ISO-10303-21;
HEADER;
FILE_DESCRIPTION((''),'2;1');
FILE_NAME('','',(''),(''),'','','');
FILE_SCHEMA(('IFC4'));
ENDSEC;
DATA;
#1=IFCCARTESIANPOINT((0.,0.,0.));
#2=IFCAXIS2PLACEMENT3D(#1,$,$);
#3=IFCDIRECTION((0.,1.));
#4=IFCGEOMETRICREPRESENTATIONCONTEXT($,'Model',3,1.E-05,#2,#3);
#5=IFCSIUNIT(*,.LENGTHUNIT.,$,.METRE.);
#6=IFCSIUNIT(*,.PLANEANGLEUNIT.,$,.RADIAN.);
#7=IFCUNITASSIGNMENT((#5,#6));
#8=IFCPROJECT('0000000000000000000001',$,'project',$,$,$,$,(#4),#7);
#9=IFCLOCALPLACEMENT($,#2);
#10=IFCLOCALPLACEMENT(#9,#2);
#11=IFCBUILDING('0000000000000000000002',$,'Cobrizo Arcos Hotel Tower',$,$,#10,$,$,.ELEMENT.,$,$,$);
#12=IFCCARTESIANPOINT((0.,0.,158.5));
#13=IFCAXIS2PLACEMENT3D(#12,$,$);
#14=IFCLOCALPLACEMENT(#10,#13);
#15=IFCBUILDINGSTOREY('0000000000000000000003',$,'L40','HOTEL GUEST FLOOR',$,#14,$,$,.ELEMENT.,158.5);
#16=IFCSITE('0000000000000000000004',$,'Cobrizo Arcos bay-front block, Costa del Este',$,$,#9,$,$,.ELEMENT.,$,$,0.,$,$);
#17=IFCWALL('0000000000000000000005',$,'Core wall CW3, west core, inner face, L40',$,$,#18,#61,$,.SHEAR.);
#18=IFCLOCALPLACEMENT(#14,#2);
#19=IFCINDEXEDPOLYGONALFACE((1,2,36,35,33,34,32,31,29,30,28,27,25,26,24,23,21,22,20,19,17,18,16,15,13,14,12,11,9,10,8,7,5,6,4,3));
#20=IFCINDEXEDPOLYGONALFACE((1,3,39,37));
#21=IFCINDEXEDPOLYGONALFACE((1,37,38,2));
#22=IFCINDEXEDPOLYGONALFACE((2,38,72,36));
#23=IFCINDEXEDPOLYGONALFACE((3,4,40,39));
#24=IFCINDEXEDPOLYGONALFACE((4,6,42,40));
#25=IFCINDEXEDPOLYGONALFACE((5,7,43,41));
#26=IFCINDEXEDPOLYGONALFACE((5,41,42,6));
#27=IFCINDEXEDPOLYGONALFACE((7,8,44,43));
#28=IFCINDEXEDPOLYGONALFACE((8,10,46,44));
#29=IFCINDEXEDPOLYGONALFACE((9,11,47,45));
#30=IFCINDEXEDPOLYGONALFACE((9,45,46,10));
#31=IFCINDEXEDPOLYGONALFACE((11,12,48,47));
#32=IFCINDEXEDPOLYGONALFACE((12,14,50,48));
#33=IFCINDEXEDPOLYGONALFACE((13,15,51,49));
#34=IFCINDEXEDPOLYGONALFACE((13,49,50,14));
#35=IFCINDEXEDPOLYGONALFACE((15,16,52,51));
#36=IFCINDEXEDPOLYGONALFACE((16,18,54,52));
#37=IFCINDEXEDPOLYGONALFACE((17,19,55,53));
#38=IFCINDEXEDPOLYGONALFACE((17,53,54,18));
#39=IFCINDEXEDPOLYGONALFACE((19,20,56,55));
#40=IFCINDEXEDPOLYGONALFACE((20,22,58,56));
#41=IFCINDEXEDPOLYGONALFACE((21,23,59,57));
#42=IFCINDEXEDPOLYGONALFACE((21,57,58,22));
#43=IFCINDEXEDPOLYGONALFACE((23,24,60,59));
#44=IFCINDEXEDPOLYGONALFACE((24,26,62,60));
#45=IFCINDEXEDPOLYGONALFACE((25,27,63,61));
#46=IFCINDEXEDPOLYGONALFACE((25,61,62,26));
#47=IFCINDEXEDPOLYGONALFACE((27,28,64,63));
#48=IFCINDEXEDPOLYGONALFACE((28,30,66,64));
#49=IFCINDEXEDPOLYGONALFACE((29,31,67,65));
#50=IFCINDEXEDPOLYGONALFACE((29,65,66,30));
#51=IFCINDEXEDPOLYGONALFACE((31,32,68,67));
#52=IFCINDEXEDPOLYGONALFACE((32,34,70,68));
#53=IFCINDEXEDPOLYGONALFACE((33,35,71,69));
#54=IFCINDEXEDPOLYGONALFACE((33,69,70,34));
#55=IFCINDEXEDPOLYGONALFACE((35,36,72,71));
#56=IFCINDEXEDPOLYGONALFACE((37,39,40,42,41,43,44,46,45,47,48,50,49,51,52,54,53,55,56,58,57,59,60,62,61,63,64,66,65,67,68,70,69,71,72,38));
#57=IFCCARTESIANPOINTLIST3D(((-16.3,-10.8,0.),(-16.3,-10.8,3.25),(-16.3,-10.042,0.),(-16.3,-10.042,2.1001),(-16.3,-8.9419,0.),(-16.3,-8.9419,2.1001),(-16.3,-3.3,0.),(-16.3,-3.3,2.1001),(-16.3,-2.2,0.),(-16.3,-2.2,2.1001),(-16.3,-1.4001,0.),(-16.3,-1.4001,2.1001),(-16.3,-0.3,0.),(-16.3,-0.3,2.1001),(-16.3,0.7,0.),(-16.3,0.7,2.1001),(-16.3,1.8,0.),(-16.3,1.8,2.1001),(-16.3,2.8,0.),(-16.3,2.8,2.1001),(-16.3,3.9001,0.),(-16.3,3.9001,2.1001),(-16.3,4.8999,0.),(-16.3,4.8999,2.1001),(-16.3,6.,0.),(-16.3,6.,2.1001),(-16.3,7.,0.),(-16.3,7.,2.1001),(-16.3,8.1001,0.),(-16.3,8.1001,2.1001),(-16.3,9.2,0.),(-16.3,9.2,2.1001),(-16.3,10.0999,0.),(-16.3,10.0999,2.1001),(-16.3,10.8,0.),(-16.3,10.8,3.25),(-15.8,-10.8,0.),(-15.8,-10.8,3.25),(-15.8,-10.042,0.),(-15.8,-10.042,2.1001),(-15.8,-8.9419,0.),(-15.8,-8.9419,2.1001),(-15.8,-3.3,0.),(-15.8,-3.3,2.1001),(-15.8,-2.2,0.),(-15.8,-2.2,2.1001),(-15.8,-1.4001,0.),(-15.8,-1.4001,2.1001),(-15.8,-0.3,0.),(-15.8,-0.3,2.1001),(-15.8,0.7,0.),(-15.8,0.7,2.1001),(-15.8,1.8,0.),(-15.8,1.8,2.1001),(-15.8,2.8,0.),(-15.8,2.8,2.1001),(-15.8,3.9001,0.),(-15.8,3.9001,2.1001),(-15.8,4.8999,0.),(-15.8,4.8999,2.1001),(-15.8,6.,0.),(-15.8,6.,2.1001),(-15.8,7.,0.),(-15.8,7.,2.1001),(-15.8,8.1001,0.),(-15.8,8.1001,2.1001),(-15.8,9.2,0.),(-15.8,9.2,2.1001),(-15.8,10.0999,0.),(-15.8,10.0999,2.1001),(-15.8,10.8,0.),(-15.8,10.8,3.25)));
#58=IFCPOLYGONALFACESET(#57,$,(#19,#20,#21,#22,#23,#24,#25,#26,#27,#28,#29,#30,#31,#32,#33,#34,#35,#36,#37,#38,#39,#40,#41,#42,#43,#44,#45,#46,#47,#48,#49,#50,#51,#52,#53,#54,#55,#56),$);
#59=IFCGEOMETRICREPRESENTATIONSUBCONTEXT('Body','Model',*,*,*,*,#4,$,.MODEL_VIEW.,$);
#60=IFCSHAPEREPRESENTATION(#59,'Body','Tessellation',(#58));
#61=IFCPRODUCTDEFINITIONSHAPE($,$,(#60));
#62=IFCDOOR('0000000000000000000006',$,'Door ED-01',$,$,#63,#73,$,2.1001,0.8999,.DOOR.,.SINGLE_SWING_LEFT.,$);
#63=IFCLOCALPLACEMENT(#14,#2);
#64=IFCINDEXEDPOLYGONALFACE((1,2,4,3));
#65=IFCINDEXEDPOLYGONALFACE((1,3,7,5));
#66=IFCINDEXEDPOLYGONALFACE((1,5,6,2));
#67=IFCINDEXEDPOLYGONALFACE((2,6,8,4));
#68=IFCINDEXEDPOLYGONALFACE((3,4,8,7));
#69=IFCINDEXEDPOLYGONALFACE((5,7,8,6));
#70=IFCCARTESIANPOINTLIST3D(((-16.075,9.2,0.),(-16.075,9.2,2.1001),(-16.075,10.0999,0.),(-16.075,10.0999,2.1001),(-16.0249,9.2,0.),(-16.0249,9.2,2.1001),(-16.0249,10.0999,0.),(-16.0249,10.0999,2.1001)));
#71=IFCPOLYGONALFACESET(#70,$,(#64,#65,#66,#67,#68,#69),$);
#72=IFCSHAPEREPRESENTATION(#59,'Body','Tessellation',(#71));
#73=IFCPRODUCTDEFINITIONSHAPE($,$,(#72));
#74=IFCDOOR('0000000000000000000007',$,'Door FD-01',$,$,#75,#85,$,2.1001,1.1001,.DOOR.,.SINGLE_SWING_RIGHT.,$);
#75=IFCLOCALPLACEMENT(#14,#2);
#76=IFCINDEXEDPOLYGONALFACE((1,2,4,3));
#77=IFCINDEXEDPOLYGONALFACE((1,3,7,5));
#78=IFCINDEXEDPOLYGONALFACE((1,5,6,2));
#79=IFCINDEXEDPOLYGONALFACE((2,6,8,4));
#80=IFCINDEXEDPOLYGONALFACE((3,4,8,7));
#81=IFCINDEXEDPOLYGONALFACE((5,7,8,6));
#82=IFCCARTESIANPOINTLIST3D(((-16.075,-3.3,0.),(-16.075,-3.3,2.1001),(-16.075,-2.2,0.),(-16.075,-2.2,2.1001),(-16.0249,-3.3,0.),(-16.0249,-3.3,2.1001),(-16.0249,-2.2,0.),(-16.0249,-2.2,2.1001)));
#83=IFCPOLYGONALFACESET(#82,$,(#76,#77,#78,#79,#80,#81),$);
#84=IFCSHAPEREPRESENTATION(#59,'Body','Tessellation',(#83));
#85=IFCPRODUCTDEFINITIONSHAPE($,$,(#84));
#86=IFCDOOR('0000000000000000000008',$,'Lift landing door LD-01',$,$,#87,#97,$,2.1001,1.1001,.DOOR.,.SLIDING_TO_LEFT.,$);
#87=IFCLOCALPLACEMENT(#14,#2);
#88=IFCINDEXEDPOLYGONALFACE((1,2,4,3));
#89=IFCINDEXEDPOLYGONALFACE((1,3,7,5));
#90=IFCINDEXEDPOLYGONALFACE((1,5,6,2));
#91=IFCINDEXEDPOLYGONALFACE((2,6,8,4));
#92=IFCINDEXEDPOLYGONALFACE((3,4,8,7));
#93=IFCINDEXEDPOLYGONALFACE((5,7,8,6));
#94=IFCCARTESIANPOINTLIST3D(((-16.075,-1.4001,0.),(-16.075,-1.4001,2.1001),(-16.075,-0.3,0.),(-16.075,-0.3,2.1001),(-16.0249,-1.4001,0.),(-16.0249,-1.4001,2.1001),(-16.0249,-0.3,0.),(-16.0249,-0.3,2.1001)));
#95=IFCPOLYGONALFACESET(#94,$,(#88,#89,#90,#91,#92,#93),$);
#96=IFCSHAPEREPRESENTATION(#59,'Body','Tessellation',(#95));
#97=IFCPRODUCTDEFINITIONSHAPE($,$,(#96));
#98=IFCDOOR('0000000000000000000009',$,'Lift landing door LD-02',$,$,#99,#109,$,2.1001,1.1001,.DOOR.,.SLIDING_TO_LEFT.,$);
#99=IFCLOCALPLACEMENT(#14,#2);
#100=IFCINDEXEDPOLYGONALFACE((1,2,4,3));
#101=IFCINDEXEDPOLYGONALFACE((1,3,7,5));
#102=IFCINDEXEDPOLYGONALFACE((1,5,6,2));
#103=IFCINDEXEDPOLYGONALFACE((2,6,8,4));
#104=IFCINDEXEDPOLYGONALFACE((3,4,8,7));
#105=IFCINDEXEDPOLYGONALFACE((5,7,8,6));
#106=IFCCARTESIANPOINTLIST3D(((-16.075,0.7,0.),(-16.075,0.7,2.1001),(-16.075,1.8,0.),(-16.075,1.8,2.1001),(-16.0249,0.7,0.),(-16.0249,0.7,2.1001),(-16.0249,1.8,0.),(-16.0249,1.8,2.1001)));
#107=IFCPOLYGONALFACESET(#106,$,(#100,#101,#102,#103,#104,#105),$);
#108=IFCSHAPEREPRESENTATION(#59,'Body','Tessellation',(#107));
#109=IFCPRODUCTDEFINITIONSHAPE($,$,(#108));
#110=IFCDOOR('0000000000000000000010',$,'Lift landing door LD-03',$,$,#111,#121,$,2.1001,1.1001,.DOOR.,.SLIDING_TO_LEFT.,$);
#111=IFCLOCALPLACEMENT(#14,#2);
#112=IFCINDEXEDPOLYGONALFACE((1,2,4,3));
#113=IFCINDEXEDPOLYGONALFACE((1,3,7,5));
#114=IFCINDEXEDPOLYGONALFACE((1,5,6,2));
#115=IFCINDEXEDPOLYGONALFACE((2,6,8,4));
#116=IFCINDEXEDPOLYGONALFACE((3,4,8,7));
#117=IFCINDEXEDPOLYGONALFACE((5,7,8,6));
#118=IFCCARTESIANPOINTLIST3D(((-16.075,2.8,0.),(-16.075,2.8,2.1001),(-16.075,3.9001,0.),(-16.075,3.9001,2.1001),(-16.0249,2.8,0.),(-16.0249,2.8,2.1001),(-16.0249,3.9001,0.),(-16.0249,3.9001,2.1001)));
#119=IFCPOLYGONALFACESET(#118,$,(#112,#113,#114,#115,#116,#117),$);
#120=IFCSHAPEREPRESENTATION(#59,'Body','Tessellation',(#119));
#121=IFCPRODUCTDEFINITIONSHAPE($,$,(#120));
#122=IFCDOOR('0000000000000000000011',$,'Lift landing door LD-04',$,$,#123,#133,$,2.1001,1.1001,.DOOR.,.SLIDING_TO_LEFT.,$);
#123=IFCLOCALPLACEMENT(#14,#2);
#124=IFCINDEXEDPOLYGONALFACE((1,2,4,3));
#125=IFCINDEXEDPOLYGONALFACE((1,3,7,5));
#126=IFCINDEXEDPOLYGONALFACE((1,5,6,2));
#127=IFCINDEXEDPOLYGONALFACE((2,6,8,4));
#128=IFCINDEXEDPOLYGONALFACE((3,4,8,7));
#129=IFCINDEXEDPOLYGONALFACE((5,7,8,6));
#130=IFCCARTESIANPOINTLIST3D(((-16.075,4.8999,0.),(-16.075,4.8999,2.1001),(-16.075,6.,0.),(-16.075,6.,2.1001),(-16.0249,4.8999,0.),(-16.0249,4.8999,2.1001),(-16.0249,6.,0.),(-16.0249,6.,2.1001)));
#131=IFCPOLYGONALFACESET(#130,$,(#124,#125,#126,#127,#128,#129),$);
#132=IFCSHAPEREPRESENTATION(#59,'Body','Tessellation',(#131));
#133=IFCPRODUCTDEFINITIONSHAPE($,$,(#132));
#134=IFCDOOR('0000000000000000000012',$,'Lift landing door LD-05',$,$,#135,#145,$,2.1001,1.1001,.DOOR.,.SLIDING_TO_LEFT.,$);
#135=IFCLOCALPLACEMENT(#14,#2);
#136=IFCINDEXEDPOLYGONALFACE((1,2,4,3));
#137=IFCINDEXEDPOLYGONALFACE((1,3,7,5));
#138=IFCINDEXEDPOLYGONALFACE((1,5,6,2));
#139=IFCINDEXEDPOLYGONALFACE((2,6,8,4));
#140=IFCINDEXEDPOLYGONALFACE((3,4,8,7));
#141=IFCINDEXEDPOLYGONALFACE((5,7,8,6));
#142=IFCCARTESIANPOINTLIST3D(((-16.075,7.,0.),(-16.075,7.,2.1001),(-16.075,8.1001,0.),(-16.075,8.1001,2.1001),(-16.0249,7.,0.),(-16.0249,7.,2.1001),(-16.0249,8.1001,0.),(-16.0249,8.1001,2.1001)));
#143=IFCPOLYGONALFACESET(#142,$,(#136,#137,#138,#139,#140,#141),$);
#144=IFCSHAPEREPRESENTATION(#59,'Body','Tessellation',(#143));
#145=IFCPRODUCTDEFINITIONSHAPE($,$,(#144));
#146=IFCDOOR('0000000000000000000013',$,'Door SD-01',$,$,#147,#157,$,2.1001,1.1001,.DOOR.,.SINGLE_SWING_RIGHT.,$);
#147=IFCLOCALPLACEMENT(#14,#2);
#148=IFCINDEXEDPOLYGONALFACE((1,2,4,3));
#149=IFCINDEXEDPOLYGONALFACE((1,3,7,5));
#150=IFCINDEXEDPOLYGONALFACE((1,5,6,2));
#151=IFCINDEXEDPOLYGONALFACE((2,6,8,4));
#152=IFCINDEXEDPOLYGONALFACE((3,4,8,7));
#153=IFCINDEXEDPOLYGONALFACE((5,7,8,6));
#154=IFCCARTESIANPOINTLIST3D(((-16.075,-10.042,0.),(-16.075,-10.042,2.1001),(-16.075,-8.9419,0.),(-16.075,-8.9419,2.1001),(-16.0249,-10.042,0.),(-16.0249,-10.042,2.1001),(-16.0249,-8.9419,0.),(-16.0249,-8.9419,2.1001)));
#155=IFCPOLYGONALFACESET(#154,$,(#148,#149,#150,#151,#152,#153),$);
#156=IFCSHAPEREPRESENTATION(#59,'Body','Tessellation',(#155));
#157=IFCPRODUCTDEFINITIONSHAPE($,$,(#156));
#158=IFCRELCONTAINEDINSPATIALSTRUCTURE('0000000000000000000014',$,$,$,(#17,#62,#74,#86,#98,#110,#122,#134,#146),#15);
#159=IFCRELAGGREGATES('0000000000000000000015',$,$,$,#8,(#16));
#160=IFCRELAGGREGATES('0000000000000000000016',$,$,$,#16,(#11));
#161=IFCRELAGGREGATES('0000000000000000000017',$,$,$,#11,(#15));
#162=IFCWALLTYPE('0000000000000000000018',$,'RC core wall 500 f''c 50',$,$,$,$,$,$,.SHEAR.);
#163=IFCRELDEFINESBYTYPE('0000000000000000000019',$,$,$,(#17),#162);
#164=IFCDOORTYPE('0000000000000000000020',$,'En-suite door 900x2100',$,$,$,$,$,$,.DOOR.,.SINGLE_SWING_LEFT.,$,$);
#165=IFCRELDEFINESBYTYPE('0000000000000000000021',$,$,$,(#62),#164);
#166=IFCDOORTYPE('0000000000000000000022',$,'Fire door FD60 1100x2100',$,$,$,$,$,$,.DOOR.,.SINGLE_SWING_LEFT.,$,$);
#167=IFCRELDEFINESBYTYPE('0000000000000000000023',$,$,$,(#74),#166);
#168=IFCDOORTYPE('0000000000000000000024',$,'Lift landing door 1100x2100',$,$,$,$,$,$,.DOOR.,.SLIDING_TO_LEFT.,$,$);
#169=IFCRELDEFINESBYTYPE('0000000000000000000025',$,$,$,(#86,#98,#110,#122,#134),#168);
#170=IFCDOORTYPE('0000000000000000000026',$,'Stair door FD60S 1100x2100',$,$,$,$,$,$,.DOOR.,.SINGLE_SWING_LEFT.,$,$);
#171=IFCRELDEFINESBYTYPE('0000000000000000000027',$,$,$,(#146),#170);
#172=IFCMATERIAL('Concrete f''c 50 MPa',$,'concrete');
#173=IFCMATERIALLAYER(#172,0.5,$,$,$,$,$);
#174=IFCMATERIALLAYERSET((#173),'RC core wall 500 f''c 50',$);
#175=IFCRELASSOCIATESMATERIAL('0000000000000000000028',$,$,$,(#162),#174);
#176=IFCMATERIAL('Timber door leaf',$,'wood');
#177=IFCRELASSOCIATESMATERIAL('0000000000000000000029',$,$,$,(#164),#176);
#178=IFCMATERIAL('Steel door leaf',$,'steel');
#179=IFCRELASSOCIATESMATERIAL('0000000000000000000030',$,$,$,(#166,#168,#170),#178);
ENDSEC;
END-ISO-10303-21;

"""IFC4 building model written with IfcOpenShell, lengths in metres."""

from ifc_helpers import new_model, si_unit, direction, frame, frame_2d, origin, place, context, subcontext, project, spatial, rectangle, extrude, material, layer, layer_set, type_object, element, fill, save


model = new_model("IFC4")

# Units and contexts
model_context = context("Model", 3, precision=1e-05, world=origin(), true_north=direction((0.0, 1.0)))
body_context = subcontext(model_context, "Body", "Model", "MODEL_VIEW")
ifc_project = project(units=[si_unit("LENGTHUNIT", "METRE"), si_unit("PLANEANGLEUNIT", "RADIAN")], contexts=[model_context])

# Site, building, storey
site_placement = place(None, origin())
site = spatial("IfcSite", under=ifc_project, at=site_placement, Name="Cobrizo Arcos bay-front block, Costa del Este", CompositionType="ELEMENT", RefElevation=0.0)
building_placement = place(site_placement, origin())
building = spatial("IfcBuilding", under=site, at=building_placement, Name="Cobrizo Arcos Hotel Tower", CompositionType="ELEMENT")
storey_placement = place(building_placement, frame((0.0, 0.0, 158.5)))
storey = spatial("IfcBuildingStorey", under=building, at=storey_placement, Name="L40", Description="HOTEL GUEST FLOOR", CompositionType="ELEMENT", Elevation=158.5)

# Wall, openings, doors
ifc_material_1 = material(Name="Concrete f'c 50 MPa", Category="concrete")
ifc_layer_1 = layer(ifc_material_1, 0.5)
ifc_layer_set_1 = layer_set([ifc_layer_1], Name="RC core wall 500 f'c 50")
wall_type_1 = type_object("IfcWallType", Name="RC core wall 500 f'c 50", PredefinedType="SHEAR", material=ifc_layer_set_1)
wall_1_placement = place(storey_placement, frame((-16.05, -10.8, 0.0), z_axis=(0.0, 0.0, 1.0), x_axis=(0.0, 1.0, 0.0)))
wall_1 = element("IfcWall", 1, at=wall_1_placement, inside=storey, type_object=wall_type_1, Name="Core wall CW3, west core, inner face, L40", PredefinedType="SHEAR", context=body_context, shape_type="SweptSolid", body=[
    extrude(rectangle(XDim=21.6001, YDim=0.5, at=frame_2d((10.8, 0.0))), origin(), (0.0, 0.0, 1.0), 3.25),
])
opening_1_placement = place(wall_1_placement, frame((9.3999, 0.0, 0.0)))
opening_1 = element("IfcOpeningElement", 2, at=opening_1_placement, cuts=wall_1, PredefinedType="OPENING", context=body_context, shape_type="SweptSolid", body=[
    extrude(rectangle(XDim=1.1001, YDim=2.1001, at=frame_2d((0.55, 1.05))), frame((0.0, 0.262, 0.0), z_axis=(0.0, -1.0, 0.0), x_axis=(1.0, 0.0, 0.0)), (0.0, 0.0, 1.0), 0.5239),
])
opening_2_placement = place(wall_1_placement, frame((11.5, 0.0, 0.0)))
opening_2 = element("IfcOpeningElement", 3, at=opening_2_placement, cuts=wall_1, PredefinedType="OPENING", context=body_context, shape_type="SweptSolid", body=[
    extrude(rectangle(XDim=1.1001, YDim=2.1001, at=frame_2d((0.55, 1.05))), frame((0.0, 0.262, 0.0), z_axis=(0.0, -1.0, 0.0), x_axis=(1.0, 0.0, 0.0)), (0.0, 0.0, 1.0), 0.5239),
])
opening_3_placement = place(wall_1_placement, frame((13.6001, 0.0, 0.0)))
opening_3 = element("IfcOpeningElement", 4, at=opening_3_placement, cuts=wall_1, PredefinedType="OPENING", context=body_context, shape_type="SweptSolid", body=[
    extrude(rectangle(XDim=1.1001, YDim=2.1001, at=frame_2d((0.55, 1.05))), frame((0.0, 0.262, 0.0), z_axis=(0.0, -1.0, 0.0), x_axis=(1.0, 0.0, 0.0)), (0.0, 0.0, 1.0), 0.5239),
])
opening_4_placement = place(wall_1_placement, frame((15.7, 0.0, 0.0)))
opening_4 = element("IfcOpeningElement", 5, at=opening_4_placement, cuts=wall_1, PredefinedType="OPENING", context=body_context, shape_type="SweptSolid", body=[
    extrude(rectangle(XDim=1.1001, YDim=2.1001, at=frame_2d((0.55, 1.05))), frame((0.0, 0.262, 0.0), z_axis=(0.0, -1.0, 0.0), x_axis=(1.0, 0.0, 0.0)), (0.0, 0.0, 1.0), 0.5239),
])
opening_5_placement = place(wall_1_placement, frame((17.8, 0.0, 0.0)))
opening_5 = element("IfcOpeningElement", 6, at=opening_5_placement, cuts=wall_1, PredefinedType="OPENING", context=body_context, shape_type="SweptSolid", body=[
    extrude(rectangle(XDim=1.1001, YDim=2.1001, at=frame_2d((0.55, 1.05))), frame((0.0, 0.262, 0.0), z_axis=(0.0, -1.0, 0.0), x_axis=(1.0, 0.0, 0.0)), (0.0, 0.0, 1.0), 0.5239),
])
opening_6_placement = place(wall_1_placement, frame((0.7581, 0.0, 0.0)))
opening_6 = element("IfcOpeningElement", 7, at=opening_6_placement, cuts=wall_1, PredefinedType="OPENING", context=body_context, shape_type="SweptSolid", body=[
    extrude(rectangle(XDim=1.1001, YDim=2.1001, at=frame_2d((0.55, 1.05))), frame((0.0, 0.262, 0.0), z_axis=(0.0, -1.0, 0.0), x_axis=(1.0, 0.0, 0.0)), (0.0, 0.0, 1.0), 0.5239),
])
opening_7_placement = place(wall_1_placement, frame((7.5, 0.0, 0.0)))
opening_7 = element("IfcOpeningElement", 8, at=opening_7_placement, cuts=wall_1, PredefinedType="OPENING", context=body_context, shape_type="SweptSolid", body=[
    extrude(rectangle(XDim=1.1001, YDim=2.1001, at=frame_2d((0.55, 1.05))), frame((0.0, 0.262, 0.0), z_axis=(0.0, -1.0, 0.0), x_axis=(1.0, 0.0, 0.0)), (0.0, 0.0, 1.0), 0.5239),
])
opening_8_placement = place(wall_1_placement, frame((20.0, 0.0, 0.0)))
opening_8 = element("IfcOpeningElement", 9, at=opening_8_placement, cuts=wall_1, PredefinedType="OPENING", context=body_context, shape_type="SweptSolid", body=[
    extrude(rectangle(XDim=0.8999, YDim=2.1001, at=frame_2d((0.45, 1.05))), frame((0.0, 0.262, 0.0), z_axis=(0.0, -1.0, 0.0), x_axis=(1.0, 0.0, 0.0)), (0.0, 0.0, 1.0), 0.5239),
])
ifc_material_2 = material(Name="Timber door leaf", Category="wood")
door_type_1 = type_object("IfcDoorType", Name="En-suite door 900x2100", OperationType="SINGLE_SWING_LEFT", PredefinedType="DOOR", material=ifc_material_2)
door_1_placement = place(opening_8_placement, origin())
door_1 = element("IfcDoor", 10, at=door_1_placement, inside=storey, type_object=door_type_1, Name="Door ED-01", OperationType="SINGLE_SWING_LEFT", OverallHeight=2.1001, OverallWidth=0.8999, PredefinedType="DOOR", context=body_context, shape_type="SweptSolid", body=[
    extrude(rectangle(XDim=0.8999, YDim=2.1001, at=frame_2d((0.45, 1.05))), frame((0.0, 0.0249, 0.0), z_axis=(0.0, -1.0, 0.0), x_axis=(1.0, 0.0, 0.0)), (0.0, 0.0, 1.0), 0.05),
])
fill(opening_8, door_1)
ifc_material_3 = material(Name="Steel door leaf", Category="steel")
door_type_2 = type_object("IfcDoorType", Name="Fire door FD60 1100x2100", OperationType="SINGLE_SWING_LEFT", PredefinedType="DOOR", material=ifc_material_3)
door_2_placement = place(opening_7_placement, origin())
door_2 = element("IfcDoor", 11, at=door_2_placement, inside=storey, type_object=door_type_2, Name="Door FD-01", OperationType="SINGLE_SWING_RIGHT", OverallHeight=2.1001, OverallWidth=1.1001, PredefinedType="DOOR", context=body_context, shape_type="SweptSolid", body=[
    extrude(rectangle(XDim=1.1001, YDim=2.1001, at=frame_2d((0.55, 1.05))), frame((0.0, 0.0249, 0.0), z_axis=(0.0, -1.0, 0.0), x_axis=(1.0, 0.0, 0.0)), (0.0, 0.0, 1.0), 0.05),
])
fill(opening_7, door_2)
door_type_3 = type_object("IfcDoorType", Name="Lift landing door 1100x2100", OperationType="SLIDING_TO_LEFT", PredefinedType="DOOR", material=ifc_material_3)
door_3_placement = place(opening_1_placement, origin())
door_3 = element("IfcDoor", 12, at=door_3_placement, inside=storey, type_object=door_type_3, Name="Lift landing door LD-01", OperationType="SLIDING_TO_LEFT", OverallHeight=2.1001, OverallWidth=1.1001, PredefinedType="DOOR", context=body_context, shape_type="SweptSolid", body=[
    extrude(rectangle(XDim=1.1001, YDim=2.1001, at=frame_2d((0.55, 1.05))), frame((0.0, 0.0249, 0.0), z_axis=(0.0, -1.0, 0.0), x_axis=(1.0, 0.0, 0.0)), (0.0, 0.0, 1.0), 0.05),
])
fill(opening_1, door_3)
door_4_placement = place(opening_2_placement, origin())
door_4 = element("IfcDoor", 13, at=door_4_placement, inside=storey, type_object=door_type_3, Name="Lift landing door LD-02", OperationType="SLIDING_TO_LEFT", OverallHeight=2.1001, OverallWidth=1.1001, PredefinedType="DOOR", context=body_context, shape_type="SweptSolid", body=[
    extrude(rectangle(XDim=1.1001, YDim=2.1001, at=frame_2d((0.55, 1.05))), frame((0.0, 0.0249, 0.0), z_axis=(0.0, -1.0, 0.0), x_axis=(1.0, 0.0, 0.0)), (0.0, 0.0, 1.0), 0.05),
])
fill(opening_2, door_4)
door_5_placement = place(opening_3_placement, origin())
door_5 = element("IfcDoor", 14, at=door_5_placement, inside=storey, type_object=door_type_3, Name="Lift landing door LD-03", OperationType="SLIDING_TO_LEFT", OverallHeight=2.1001, OverallWidth=1.1001, PredefinedType="DOOR", context=body_context, shape_type="SweptSolid", body=[
    extrude(rectangle(XDim=1.1001, YDim=2.1001, at=frame_2d((0.55, 1.05))), frame((0.0, 0.0249, 0.0), z_axis=(0.0, -1.0, 0.0), x_axis=(1.0, 0.0, 0.0)), (0.0, 0.0, 1.0), 0.05),
])
fill(opening_3, door_5)
door_6_placement = place(opening_4_placement, origin())
door_6 = element("IfcDoor", 15, at=door_6_placement, inside=storey, type_object=door_type_3, Name="Lift landing door LD-04", OperationType="SLIDING_TO_LEFT", OverallHeight=2.1001, OverallWidth=1.1001, PredefinedType="DOOR", context=body_context, shape_type="SweptSolid", body=[
    extrude(rectangle(XDim=1.1001, YDim=2.1001, at=frame_2d((0.55, 1.05))), frame((0.0, 0.0249, 0.0), z_axis=(0.0, -1.0, 0.0), x_axis=(1.0, 0.0, 0.0)), (0.0, 0.0, 1.0), 0.05),
])
fill(opening_4, door_6)
door_7_placement = place(opening_5_placement, origin())
door_7 = element("IfcDoor", 16, at=door_7_placement, inside=storey, type_object=door_type_3, Name="Lift landing door LD-05", OperationType="SLIDING_TO_LEFT", OverallHeight=2.1001, OverallWidth=1.1001, PredefinedType="DOOR", context=body_context, shape_type="SweptSolid", body=[
    extrude(rectangle(XDim=1.1001, YDim=2.1001, at=frame_2d((0.55, 1.05))), frame((0.0, 0.0249, 0.0), z_axis=(0.0, -1.0, 0.0), x_axis=(1.0, 0.0, 0.0)), (0.0, 0.0, 1.0), 0.05),
])
fill(opening_5, door_7)
door_type_4 = type_object("IfcDoorType", Name="Stair door FD60S 1100x2100", OperationType="SINGLE_SWING_LEFT", PredefinedType="DOOR", material=ifc_material_3)
door_8_placement = place(opening_6_placement, origin())
door_8 = element("IfcDoor", 17, at=door_8_placement, inside=storey, type_object=door_type_4, Name="Door SD-01", OperationType="SINGLE_SWING_RIGHT", OverallHeight=2.1001, OverallWidth=1.1001, PredefinedType="DOOR", context=body_context, shape_type="SweptSolid", body=[
    extrude(rectangle(XDim=1.1001, YDim=2.1001, at=frame_2d((0.55, 1.05))), frame((0.0, 0.0249, 0.0), z_axis=(0.0, -1.0, 0.0), x_axis=(1.0, 0.0, 0.0)), (0.0, 0.0, 1.0), 0.05),
])
fill(opening_6, door_8)

save(model, "model.ifc")
